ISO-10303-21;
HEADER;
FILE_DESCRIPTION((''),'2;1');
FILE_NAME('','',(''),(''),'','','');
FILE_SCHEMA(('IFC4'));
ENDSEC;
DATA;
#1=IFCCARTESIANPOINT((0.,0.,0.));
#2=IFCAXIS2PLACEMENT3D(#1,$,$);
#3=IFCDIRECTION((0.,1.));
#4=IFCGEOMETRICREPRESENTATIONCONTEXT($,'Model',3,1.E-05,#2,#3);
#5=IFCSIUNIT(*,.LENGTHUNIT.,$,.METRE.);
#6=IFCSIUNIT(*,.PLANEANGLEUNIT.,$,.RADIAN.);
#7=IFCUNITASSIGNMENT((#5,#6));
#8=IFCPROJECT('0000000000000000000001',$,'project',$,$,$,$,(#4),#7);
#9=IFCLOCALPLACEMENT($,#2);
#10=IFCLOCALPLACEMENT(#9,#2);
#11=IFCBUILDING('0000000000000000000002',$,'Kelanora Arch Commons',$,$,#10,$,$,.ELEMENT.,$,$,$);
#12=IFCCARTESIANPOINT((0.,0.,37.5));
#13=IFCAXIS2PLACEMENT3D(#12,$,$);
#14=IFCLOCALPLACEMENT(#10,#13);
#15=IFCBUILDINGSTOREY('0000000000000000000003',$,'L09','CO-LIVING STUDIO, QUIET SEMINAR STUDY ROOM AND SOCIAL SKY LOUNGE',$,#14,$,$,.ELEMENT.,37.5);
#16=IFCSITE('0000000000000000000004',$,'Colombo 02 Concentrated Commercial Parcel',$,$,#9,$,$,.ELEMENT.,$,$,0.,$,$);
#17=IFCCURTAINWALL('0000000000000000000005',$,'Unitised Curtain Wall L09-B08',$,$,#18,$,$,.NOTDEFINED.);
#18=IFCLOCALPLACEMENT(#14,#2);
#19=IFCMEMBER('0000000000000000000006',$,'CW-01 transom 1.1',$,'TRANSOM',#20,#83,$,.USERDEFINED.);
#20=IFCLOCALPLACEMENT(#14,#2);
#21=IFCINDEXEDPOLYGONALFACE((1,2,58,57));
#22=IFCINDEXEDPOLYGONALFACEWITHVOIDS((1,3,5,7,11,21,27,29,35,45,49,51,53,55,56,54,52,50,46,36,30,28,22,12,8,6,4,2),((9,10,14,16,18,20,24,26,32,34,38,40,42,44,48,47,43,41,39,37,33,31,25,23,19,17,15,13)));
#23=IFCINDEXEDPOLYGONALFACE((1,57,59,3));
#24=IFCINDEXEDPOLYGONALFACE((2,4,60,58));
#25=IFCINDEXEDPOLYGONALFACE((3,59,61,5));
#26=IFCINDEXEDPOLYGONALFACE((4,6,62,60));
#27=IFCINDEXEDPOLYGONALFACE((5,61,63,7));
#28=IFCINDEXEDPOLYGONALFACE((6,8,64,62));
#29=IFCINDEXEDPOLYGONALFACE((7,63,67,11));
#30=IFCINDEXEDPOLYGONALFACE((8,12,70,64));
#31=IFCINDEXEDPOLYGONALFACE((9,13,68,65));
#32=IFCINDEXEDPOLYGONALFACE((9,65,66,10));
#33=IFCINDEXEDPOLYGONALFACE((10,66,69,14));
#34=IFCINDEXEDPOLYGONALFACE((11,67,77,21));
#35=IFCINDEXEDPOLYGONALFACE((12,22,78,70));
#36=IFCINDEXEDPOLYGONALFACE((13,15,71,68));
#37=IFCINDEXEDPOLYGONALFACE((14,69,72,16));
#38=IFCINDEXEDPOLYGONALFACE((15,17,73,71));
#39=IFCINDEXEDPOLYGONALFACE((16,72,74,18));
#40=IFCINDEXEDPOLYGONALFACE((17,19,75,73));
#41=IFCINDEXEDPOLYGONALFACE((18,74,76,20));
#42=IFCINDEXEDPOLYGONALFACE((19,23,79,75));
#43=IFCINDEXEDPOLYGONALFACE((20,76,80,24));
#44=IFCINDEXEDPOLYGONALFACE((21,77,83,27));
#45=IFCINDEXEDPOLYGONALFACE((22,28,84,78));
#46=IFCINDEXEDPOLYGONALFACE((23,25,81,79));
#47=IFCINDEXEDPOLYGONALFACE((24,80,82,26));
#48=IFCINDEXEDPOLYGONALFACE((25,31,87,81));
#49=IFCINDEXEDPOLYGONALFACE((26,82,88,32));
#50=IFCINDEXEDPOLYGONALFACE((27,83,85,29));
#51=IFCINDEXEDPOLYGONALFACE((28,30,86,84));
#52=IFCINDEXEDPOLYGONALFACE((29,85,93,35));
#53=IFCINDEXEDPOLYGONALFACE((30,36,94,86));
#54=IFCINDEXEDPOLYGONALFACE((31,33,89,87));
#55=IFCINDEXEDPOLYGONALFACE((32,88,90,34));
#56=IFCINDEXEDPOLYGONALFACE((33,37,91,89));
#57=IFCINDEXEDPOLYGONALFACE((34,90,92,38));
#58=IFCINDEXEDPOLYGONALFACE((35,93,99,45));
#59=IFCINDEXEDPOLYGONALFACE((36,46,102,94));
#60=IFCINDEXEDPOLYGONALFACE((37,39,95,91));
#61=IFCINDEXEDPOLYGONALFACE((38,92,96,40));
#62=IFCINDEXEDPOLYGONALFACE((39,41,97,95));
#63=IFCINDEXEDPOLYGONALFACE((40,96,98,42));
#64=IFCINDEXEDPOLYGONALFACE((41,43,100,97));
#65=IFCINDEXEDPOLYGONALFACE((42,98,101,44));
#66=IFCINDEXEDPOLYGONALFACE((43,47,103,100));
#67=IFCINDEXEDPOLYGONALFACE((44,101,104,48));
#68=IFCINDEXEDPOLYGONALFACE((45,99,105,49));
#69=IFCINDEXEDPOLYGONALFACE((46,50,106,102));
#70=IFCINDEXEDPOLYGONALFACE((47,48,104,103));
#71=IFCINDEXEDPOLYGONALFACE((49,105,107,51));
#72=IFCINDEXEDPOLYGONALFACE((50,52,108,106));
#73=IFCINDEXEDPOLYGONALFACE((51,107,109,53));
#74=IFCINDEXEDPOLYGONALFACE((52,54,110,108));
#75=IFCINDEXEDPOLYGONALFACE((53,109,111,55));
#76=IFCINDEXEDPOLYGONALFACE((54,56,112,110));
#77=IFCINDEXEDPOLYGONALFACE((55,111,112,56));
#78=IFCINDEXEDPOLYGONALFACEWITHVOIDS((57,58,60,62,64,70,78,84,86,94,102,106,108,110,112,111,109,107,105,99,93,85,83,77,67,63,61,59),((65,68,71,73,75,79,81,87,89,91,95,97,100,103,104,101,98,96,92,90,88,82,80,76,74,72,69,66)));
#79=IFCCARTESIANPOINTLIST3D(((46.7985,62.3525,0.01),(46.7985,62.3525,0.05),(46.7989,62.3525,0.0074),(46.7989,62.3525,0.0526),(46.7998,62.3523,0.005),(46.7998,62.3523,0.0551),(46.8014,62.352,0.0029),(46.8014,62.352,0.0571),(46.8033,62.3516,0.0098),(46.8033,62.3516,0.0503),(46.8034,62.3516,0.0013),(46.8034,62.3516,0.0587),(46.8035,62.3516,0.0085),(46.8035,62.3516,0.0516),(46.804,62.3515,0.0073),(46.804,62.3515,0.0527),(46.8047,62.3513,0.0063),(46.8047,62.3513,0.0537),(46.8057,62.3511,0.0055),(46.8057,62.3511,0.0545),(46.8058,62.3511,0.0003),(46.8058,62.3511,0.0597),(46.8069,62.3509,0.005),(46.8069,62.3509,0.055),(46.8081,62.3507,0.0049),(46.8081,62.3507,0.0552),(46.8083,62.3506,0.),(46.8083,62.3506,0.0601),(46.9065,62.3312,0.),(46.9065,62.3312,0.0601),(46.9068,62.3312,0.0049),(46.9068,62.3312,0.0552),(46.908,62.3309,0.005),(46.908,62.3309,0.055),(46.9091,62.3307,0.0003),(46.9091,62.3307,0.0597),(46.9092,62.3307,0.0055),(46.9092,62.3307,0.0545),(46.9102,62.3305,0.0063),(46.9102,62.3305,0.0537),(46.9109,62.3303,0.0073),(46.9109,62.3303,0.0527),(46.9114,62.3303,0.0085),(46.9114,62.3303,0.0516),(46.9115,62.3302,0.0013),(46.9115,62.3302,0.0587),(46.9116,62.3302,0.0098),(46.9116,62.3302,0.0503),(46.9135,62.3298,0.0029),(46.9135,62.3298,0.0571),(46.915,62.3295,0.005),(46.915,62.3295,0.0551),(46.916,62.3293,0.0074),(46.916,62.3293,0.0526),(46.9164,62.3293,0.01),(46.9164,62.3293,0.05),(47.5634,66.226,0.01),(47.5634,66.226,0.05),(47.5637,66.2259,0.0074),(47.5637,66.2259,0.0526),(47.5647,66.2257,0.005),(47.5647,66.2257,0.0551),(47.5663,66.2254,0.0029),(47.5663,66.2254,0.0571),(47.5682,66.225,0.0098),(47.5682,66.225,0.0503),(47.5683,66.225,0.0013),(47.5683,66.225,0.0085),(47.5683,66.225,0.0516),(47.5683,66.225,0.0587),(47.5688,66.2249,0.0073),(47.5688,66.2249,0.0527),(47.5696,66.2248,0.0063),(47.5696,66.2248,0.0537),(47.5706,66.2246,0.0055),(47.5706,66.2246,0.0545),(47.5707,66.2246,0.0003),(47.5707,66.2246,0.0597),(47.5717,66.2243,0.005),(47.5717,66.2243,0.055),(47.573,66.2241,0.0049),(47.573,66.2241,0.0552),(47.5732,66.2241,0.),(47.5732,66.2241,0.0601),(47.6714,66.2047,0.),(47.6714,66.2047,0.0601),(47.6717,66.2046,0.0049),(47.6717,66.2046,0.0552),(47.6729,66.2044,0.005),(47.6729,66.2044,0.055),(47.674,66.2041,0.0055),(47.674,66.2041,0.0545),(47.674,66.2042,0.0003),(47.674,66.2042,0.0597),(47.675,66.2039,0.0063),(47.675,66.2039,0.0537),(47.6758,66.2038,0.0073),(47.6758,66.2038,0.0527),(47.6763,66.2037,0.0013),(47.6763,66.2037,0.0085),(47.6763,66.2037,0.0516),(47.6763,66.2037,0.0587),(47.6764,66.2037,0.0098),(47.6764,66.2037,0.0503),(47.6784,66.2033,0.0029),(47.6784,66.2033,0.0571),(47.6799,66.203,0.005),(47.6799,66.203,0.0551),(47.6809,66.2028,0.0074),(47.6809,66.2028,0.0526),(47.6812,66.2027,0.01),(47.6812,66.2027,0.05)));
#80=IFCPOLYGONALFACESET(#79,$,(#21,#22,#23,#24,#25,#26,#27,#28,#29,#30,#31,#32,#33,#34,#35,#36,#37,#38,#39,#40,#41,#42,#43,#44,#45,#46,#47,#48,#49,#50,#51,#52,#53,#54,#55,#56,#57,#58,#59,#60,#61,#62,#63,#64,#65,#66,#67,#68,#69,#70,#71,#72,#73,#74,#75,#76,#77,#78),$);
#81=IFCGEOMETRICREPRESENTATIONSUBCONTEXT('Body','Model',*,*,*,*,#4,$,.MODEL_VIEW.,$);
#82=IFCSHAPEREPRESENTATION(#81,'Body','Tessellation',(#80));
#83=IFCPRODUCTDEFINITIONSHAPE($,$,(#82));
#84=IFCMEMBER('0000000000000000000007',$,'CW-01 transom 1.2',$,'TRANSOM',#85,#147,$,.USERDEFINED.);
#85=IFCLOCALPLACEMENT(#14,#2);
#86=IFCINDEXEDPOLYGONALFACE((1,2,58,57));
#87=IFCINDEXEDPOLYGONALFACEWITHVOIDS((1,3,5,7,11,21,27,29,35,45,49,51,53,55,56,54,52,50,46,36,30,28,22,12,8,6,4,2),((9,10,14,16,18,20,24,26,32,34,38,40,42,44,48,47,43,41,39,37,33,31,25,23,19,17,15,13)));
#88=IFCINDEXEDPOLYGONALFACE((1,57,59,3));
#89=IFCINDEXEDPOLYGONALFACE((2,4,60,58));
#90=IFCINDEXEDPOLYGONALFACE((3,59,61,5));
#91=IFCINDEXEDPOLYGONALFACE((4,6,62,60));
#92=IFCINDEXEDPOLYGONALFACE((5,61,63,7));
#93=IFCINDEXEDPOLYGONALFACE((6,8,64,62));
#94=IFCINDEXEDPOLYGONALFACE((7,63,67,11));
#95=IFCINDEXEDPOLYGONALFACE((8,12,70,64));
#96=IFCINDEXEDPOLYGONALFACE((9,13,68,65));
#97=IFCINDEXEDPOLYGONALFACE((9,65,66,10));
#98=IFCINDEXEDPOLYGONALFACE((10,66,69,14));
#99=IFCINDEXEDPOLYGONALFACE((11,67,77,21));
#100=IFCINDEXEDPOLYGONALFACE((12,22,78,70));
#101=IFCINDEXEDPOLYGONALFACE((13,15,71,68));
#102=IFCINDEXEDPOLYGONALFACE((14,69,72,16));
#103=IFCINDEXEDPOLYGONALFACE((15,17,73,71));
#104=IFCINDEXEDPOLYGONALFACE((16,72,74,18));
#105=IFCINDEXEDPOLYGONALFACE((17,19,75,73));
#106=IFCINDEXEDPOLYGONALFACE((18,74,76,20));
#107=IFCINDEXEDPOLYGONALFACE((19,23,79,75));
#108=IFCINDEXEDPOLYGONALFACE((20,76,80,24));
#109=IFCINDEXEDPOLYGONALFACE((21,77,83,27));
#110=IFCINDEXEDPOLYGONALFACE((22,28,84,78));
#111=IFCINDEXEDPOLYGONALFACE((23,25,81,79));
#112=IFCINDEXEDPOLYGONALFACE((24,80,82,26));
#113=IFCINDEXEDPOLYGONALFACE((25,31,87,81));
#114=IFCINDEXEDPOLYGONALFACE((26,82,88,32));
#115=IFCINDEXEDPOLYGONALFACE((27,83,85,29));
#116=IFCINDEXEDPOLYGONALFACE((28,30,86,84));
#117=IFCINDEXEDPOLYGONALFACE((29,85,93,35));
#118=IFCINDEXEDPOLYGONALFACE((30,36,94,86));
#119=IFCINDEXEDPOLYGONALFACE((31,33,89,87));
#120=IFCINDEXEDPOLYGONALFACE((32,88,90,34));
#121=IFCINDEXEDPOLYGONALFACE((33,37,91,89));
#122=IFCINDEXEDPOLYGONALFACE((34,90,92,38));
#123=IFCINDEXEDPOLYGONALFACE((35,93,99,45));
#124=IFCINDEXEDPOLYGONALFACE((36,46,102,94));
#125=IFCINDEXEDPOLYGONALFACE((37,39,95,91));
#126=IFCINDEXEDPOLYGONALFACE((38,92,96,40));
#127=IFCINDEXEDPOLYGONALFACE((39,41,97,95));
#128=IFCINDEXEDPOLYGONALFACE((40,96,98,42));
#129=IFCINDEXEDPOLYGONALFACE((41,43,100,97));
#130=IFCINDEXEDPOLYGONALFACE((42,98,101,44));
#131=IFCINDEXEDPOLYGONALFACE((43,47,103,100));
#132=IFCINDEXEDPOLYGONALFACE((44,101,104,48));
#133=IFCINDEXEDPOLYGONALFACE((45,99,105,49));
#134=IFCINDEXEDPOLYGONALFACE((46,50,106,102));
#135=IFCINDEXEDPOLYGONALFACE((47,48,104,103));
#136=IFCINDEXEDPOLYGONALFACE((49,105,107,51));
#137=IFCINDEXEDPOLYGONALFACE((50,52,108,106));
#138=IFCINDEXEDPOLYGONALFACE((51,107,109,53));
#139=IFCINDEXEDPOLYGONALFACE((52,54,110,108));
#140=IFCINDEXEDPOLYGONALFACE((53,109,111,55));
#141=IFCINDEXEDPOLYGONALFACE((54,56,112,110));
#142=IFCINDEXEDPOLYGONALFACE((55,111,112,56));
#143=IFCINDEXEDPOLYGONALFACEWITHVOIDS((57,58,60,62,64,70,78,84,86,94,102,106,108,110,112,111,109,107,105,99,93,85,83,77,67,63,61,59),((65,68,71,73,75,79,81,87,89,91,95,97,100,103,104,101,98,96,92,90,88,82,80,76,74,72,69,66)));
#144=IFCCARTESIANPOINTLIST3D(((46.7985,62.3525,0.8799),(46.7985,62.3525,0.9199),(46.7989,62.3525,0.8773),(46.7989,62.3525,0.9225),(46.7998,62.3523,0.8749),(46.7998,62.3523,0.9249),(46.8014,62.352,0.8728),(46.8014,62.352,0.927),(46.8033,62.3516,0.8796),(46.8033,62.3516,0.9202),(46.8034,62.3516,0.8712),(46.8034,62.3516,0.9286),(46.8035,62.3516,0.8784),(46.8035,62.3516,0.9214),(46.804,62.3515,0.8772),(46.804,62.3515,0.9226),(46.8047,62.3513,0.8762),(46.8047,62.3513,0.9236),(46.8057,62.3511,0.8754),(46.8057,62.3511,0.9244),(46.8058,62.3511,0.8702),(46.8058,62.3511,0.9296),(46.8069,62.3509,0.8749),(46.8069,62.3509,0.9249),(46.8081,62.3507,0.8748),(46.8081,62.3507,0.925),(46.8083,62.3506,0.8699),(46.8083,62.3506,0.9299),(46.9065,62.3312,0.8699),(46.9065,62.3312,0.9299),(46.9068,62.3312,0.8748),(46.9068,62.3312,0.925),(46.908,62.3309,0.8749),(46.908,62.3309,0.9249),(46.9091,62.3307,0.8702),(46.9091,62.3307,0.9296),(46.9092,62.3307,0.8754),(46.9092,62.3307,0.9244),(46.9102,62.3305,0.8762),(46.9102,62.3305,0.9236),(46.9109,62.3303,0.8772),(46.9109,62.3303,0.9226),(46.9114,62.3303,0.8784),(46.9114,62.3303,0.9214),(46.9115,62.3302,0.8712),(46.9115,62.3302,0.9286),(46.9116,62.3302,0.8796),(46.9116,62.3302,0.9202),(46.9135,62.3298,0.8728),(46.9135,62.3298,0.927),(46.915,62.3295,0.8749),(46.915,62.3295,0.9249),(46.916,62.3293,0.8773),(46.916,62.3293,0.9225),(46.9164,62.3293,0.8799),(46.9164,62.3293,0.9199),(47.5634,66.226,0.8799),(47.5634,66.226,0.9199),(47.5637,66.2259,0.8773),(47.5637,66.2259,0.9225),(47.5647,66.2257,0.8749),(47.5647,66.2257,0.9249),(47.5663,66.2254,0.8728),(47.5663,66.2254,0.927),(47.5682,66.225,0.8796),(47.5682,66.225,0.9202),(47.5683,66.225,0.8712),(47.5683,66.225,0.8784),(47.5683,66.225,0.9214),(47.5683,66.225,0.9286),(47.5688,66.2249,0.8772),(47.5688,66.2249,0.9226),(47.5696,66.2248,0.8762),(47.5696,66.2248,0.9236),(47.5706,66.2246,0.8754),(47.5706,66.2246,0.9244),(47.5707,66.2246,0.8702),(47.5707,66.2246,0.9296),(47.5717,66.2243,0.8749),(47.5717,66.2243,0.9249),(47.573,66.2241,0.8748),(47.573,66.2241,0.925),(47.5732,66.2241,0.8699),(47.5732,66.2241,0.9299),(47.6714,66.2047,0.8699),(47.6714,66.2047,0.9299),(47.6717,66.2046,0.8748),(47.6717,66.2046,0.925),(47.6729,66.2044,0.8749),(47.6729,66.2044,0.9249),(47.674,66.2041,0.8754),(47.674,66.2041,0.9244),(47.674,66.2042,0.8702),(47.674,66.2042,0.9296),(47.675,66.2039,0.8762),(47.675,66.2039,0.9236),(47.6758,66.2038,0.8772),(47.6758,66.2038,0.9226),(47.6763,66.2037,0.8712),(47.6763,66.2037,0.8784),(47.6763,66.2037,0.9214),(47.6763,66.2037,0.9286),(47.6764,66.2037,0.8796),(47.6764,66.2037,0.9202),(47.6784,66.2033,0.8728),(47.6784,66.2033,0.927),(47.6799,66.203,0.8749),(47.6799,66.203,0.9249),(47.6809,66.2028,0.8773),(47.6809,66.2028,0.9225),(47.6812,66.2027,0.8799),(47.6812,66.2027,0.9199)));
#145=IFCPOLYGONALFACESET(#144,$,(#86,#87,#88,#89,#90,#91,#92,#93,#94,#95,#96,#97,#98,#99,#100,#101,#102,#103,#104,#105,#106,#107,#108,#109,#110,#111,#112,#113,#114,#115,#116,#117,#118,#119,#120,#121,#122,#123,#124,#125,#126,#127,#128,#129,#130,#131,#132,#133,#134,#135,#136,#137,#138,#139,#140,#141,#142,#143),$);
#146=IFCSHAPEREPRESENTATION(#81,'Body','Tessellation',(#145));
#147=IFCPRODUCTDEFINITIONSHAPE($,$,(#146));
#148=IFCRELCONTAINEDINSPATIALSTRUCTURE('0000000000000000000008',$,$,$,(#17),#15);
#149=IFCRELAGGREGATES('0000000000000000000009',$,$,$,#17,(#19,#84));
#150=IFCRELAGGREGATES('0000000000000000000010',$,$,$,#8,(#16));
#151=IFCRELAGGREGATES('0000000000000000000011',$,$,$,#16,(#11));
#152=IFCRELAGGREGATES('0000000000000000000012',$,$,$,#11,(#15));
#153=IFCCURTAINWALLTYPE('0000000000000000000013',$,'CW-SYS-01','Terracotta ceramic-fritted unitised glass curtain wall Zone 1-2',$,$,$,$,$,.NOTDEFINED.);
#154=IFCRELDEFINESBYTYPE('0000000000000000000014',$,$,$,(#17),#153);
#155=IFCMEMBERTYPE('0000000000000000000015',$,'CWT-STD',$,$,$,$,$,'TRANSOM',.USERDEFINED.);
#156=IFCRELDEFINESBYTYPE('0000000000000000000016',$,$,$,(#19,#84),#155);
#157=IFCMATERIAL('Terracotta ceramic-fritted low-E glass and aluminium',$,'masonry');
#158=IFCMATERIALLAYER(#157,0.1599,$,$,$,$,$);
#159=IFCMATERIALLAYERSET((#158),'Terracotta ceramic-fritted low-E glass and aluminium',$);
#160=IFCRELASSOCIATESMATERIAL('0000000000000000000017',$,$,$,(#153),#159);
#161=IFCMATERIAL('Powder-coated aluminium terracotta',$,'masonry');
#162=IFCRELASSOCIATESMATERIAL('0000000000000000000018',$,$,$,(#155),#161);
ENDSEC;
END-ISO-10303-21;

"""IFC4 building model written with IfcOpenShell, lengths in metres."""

from ifc_helpers import new_model, si_unit, direction, frame, origin, origin_2d, place, context, subcontext, project, spatial, hollow_rectangle, extrude, material, layer, layer_set, material_profile, profile_set, type_object, element, aggregate, save


model = new_model("IFC4")

# Units and contexts
model_context = context("Model", 3, precision=1e-05, world=origin(), true_north=direction((0.0, 1.0)))
body_context = subcontext(model_context, "Body", "Model", "MODEL_VIEW")
ifc_project = project(units=[si_unit("LENGTHUNIT", "METRE"), si_unit("PLANEANGLEUNIT", "RADIAN")], contexts=[model_context])

# Site, building, storey
site_placement = place(None, origin())
site = spatial("IfcSite", under=ifc_project, at=site_placement, Name="Colombo 02 Concentrated Commercial Parcel", CompositionType="ELEMENT", RefElevation=0.0)
building_placement = place(site_placement, origin())
building = spatial("IfcBuilding", under=site, at=building_placement, Name="Kelanora Arch Commons", CompositionType="ELEMENT")
storey_placement = place(building_placement, frame((0.0, 0.0, 37.5)))
storey = spatial("IfcBuildingStorey", under=building, at=storey_placement, Name="L09", Description="CO-LIVING STUDIO, QUIET SEMINAR STUDY ROOM AND SOCIAL SKY LOUNGE", CompositionType="ELEMENT", Elevation=37.5)

# Curtain wall, members
ifc_material_1 = material(Name="Terracotta ceramic-fritted low-E glass and aluminium", Category="masonry")
ifc_layer_1 = layer(ifc_material_1, 0.1599)
ifc_layer_set_1 = layer_set([ifc_layer_1], Name="Terracotta ceramic-fritted low-E glass and aluminium")
curtain_wall_type = type_object("IfcCurtainWallType", Name="CW-SYS-01", Description="Terracotta ceramic-fritted unitised glass curtain wall Zone 1-2", PredefinedType="NOTDEFINED", material=ifc_layer_set_1)
curtain_wall_placement = place(storey_placement, origin())
curtain_wall = element("IfcCurtainWall", 1, at=curtain_wall_placement, inside=storey, type_object=curtain_wall_type, Name="Unitised Curtain Wall L09-B08", PredefinedType="NOTDEFINED")
ifc_material_2 = material(Name="Powder-coated aluminium terracotta", Category="masonry")
ifc_material_profile_1 = material_profile(ifc_material_2, hollow_rectangle(XDim=0.1201, YDim=0.0601, WallThickness=0.0049, InnerFilletRadius=0.0049, OuterFilletRadius=0.01, at=origin_2d()), Name="CWT120x60")
ifc_profile_set_1 = profile_set([ifc_material_profile_1], Name="Powder-coated aluminium terracotta")
member_type_1 = type_object("IfcMemberType", Name="CWT-STD", ElementType="TRANSOM", PredefinedType="USERDEFINED", material=ifc_profile_set_1)
member_1_placement = place(storey_placement, frame((47.6223, 66.2144, 0.03), z_axis=(-0.193725, -0.981056, 0.0), x_axis=(0.981056, -0.193725, 0.0)))
member_1 = element("IfcMember", 2, at=member_1_placement, type_object=member_type_1, Name="CW-01 transom 1.1", ObjectType="TRANSOM", PredefinedType="USERDEFINED", context=body_context, shape_type="SweptSolid", body=[
    extrude(hollow_rectangle(XDim=0.1201, YDim=0.0601, WallThickness=0.0049, InnerFilletRadius=0.0049, OuterFilletRadius=0.01, at=origin_2d()), origin(), (0.0, 0.0, 1.0), 3.9482),
])
member_2_placement = place(storey_placement, frame((47.6223, 66.2144, 0.8999), z_axis=(-0.193725, -0.981056, 0.0), x_axis=(0.981056, -0.193725, 0.0)))
member_2 = element("IfcMember", 3, at=member_2_placement, type_object=member_type_1, Name="CW-01 transom 1.2", ObjectType="TRANSOM", PredefinedType="USERDEFINED", context=body_context, shape_type="SweptSolid", body=[
    extrude(hollow_rectangle(XDim=0.1201, YDim=0.0601, WallThickness=0.0049, InnerFilletRadius=0.0049, OuterFilletRadius=0.01, at=origin_2d()), origin(), (0.0, 0.0, 1.0), 3.9482),
])
aggregate(curtain_wall, [member_1, member_2])

save(model, "model.ifc")
